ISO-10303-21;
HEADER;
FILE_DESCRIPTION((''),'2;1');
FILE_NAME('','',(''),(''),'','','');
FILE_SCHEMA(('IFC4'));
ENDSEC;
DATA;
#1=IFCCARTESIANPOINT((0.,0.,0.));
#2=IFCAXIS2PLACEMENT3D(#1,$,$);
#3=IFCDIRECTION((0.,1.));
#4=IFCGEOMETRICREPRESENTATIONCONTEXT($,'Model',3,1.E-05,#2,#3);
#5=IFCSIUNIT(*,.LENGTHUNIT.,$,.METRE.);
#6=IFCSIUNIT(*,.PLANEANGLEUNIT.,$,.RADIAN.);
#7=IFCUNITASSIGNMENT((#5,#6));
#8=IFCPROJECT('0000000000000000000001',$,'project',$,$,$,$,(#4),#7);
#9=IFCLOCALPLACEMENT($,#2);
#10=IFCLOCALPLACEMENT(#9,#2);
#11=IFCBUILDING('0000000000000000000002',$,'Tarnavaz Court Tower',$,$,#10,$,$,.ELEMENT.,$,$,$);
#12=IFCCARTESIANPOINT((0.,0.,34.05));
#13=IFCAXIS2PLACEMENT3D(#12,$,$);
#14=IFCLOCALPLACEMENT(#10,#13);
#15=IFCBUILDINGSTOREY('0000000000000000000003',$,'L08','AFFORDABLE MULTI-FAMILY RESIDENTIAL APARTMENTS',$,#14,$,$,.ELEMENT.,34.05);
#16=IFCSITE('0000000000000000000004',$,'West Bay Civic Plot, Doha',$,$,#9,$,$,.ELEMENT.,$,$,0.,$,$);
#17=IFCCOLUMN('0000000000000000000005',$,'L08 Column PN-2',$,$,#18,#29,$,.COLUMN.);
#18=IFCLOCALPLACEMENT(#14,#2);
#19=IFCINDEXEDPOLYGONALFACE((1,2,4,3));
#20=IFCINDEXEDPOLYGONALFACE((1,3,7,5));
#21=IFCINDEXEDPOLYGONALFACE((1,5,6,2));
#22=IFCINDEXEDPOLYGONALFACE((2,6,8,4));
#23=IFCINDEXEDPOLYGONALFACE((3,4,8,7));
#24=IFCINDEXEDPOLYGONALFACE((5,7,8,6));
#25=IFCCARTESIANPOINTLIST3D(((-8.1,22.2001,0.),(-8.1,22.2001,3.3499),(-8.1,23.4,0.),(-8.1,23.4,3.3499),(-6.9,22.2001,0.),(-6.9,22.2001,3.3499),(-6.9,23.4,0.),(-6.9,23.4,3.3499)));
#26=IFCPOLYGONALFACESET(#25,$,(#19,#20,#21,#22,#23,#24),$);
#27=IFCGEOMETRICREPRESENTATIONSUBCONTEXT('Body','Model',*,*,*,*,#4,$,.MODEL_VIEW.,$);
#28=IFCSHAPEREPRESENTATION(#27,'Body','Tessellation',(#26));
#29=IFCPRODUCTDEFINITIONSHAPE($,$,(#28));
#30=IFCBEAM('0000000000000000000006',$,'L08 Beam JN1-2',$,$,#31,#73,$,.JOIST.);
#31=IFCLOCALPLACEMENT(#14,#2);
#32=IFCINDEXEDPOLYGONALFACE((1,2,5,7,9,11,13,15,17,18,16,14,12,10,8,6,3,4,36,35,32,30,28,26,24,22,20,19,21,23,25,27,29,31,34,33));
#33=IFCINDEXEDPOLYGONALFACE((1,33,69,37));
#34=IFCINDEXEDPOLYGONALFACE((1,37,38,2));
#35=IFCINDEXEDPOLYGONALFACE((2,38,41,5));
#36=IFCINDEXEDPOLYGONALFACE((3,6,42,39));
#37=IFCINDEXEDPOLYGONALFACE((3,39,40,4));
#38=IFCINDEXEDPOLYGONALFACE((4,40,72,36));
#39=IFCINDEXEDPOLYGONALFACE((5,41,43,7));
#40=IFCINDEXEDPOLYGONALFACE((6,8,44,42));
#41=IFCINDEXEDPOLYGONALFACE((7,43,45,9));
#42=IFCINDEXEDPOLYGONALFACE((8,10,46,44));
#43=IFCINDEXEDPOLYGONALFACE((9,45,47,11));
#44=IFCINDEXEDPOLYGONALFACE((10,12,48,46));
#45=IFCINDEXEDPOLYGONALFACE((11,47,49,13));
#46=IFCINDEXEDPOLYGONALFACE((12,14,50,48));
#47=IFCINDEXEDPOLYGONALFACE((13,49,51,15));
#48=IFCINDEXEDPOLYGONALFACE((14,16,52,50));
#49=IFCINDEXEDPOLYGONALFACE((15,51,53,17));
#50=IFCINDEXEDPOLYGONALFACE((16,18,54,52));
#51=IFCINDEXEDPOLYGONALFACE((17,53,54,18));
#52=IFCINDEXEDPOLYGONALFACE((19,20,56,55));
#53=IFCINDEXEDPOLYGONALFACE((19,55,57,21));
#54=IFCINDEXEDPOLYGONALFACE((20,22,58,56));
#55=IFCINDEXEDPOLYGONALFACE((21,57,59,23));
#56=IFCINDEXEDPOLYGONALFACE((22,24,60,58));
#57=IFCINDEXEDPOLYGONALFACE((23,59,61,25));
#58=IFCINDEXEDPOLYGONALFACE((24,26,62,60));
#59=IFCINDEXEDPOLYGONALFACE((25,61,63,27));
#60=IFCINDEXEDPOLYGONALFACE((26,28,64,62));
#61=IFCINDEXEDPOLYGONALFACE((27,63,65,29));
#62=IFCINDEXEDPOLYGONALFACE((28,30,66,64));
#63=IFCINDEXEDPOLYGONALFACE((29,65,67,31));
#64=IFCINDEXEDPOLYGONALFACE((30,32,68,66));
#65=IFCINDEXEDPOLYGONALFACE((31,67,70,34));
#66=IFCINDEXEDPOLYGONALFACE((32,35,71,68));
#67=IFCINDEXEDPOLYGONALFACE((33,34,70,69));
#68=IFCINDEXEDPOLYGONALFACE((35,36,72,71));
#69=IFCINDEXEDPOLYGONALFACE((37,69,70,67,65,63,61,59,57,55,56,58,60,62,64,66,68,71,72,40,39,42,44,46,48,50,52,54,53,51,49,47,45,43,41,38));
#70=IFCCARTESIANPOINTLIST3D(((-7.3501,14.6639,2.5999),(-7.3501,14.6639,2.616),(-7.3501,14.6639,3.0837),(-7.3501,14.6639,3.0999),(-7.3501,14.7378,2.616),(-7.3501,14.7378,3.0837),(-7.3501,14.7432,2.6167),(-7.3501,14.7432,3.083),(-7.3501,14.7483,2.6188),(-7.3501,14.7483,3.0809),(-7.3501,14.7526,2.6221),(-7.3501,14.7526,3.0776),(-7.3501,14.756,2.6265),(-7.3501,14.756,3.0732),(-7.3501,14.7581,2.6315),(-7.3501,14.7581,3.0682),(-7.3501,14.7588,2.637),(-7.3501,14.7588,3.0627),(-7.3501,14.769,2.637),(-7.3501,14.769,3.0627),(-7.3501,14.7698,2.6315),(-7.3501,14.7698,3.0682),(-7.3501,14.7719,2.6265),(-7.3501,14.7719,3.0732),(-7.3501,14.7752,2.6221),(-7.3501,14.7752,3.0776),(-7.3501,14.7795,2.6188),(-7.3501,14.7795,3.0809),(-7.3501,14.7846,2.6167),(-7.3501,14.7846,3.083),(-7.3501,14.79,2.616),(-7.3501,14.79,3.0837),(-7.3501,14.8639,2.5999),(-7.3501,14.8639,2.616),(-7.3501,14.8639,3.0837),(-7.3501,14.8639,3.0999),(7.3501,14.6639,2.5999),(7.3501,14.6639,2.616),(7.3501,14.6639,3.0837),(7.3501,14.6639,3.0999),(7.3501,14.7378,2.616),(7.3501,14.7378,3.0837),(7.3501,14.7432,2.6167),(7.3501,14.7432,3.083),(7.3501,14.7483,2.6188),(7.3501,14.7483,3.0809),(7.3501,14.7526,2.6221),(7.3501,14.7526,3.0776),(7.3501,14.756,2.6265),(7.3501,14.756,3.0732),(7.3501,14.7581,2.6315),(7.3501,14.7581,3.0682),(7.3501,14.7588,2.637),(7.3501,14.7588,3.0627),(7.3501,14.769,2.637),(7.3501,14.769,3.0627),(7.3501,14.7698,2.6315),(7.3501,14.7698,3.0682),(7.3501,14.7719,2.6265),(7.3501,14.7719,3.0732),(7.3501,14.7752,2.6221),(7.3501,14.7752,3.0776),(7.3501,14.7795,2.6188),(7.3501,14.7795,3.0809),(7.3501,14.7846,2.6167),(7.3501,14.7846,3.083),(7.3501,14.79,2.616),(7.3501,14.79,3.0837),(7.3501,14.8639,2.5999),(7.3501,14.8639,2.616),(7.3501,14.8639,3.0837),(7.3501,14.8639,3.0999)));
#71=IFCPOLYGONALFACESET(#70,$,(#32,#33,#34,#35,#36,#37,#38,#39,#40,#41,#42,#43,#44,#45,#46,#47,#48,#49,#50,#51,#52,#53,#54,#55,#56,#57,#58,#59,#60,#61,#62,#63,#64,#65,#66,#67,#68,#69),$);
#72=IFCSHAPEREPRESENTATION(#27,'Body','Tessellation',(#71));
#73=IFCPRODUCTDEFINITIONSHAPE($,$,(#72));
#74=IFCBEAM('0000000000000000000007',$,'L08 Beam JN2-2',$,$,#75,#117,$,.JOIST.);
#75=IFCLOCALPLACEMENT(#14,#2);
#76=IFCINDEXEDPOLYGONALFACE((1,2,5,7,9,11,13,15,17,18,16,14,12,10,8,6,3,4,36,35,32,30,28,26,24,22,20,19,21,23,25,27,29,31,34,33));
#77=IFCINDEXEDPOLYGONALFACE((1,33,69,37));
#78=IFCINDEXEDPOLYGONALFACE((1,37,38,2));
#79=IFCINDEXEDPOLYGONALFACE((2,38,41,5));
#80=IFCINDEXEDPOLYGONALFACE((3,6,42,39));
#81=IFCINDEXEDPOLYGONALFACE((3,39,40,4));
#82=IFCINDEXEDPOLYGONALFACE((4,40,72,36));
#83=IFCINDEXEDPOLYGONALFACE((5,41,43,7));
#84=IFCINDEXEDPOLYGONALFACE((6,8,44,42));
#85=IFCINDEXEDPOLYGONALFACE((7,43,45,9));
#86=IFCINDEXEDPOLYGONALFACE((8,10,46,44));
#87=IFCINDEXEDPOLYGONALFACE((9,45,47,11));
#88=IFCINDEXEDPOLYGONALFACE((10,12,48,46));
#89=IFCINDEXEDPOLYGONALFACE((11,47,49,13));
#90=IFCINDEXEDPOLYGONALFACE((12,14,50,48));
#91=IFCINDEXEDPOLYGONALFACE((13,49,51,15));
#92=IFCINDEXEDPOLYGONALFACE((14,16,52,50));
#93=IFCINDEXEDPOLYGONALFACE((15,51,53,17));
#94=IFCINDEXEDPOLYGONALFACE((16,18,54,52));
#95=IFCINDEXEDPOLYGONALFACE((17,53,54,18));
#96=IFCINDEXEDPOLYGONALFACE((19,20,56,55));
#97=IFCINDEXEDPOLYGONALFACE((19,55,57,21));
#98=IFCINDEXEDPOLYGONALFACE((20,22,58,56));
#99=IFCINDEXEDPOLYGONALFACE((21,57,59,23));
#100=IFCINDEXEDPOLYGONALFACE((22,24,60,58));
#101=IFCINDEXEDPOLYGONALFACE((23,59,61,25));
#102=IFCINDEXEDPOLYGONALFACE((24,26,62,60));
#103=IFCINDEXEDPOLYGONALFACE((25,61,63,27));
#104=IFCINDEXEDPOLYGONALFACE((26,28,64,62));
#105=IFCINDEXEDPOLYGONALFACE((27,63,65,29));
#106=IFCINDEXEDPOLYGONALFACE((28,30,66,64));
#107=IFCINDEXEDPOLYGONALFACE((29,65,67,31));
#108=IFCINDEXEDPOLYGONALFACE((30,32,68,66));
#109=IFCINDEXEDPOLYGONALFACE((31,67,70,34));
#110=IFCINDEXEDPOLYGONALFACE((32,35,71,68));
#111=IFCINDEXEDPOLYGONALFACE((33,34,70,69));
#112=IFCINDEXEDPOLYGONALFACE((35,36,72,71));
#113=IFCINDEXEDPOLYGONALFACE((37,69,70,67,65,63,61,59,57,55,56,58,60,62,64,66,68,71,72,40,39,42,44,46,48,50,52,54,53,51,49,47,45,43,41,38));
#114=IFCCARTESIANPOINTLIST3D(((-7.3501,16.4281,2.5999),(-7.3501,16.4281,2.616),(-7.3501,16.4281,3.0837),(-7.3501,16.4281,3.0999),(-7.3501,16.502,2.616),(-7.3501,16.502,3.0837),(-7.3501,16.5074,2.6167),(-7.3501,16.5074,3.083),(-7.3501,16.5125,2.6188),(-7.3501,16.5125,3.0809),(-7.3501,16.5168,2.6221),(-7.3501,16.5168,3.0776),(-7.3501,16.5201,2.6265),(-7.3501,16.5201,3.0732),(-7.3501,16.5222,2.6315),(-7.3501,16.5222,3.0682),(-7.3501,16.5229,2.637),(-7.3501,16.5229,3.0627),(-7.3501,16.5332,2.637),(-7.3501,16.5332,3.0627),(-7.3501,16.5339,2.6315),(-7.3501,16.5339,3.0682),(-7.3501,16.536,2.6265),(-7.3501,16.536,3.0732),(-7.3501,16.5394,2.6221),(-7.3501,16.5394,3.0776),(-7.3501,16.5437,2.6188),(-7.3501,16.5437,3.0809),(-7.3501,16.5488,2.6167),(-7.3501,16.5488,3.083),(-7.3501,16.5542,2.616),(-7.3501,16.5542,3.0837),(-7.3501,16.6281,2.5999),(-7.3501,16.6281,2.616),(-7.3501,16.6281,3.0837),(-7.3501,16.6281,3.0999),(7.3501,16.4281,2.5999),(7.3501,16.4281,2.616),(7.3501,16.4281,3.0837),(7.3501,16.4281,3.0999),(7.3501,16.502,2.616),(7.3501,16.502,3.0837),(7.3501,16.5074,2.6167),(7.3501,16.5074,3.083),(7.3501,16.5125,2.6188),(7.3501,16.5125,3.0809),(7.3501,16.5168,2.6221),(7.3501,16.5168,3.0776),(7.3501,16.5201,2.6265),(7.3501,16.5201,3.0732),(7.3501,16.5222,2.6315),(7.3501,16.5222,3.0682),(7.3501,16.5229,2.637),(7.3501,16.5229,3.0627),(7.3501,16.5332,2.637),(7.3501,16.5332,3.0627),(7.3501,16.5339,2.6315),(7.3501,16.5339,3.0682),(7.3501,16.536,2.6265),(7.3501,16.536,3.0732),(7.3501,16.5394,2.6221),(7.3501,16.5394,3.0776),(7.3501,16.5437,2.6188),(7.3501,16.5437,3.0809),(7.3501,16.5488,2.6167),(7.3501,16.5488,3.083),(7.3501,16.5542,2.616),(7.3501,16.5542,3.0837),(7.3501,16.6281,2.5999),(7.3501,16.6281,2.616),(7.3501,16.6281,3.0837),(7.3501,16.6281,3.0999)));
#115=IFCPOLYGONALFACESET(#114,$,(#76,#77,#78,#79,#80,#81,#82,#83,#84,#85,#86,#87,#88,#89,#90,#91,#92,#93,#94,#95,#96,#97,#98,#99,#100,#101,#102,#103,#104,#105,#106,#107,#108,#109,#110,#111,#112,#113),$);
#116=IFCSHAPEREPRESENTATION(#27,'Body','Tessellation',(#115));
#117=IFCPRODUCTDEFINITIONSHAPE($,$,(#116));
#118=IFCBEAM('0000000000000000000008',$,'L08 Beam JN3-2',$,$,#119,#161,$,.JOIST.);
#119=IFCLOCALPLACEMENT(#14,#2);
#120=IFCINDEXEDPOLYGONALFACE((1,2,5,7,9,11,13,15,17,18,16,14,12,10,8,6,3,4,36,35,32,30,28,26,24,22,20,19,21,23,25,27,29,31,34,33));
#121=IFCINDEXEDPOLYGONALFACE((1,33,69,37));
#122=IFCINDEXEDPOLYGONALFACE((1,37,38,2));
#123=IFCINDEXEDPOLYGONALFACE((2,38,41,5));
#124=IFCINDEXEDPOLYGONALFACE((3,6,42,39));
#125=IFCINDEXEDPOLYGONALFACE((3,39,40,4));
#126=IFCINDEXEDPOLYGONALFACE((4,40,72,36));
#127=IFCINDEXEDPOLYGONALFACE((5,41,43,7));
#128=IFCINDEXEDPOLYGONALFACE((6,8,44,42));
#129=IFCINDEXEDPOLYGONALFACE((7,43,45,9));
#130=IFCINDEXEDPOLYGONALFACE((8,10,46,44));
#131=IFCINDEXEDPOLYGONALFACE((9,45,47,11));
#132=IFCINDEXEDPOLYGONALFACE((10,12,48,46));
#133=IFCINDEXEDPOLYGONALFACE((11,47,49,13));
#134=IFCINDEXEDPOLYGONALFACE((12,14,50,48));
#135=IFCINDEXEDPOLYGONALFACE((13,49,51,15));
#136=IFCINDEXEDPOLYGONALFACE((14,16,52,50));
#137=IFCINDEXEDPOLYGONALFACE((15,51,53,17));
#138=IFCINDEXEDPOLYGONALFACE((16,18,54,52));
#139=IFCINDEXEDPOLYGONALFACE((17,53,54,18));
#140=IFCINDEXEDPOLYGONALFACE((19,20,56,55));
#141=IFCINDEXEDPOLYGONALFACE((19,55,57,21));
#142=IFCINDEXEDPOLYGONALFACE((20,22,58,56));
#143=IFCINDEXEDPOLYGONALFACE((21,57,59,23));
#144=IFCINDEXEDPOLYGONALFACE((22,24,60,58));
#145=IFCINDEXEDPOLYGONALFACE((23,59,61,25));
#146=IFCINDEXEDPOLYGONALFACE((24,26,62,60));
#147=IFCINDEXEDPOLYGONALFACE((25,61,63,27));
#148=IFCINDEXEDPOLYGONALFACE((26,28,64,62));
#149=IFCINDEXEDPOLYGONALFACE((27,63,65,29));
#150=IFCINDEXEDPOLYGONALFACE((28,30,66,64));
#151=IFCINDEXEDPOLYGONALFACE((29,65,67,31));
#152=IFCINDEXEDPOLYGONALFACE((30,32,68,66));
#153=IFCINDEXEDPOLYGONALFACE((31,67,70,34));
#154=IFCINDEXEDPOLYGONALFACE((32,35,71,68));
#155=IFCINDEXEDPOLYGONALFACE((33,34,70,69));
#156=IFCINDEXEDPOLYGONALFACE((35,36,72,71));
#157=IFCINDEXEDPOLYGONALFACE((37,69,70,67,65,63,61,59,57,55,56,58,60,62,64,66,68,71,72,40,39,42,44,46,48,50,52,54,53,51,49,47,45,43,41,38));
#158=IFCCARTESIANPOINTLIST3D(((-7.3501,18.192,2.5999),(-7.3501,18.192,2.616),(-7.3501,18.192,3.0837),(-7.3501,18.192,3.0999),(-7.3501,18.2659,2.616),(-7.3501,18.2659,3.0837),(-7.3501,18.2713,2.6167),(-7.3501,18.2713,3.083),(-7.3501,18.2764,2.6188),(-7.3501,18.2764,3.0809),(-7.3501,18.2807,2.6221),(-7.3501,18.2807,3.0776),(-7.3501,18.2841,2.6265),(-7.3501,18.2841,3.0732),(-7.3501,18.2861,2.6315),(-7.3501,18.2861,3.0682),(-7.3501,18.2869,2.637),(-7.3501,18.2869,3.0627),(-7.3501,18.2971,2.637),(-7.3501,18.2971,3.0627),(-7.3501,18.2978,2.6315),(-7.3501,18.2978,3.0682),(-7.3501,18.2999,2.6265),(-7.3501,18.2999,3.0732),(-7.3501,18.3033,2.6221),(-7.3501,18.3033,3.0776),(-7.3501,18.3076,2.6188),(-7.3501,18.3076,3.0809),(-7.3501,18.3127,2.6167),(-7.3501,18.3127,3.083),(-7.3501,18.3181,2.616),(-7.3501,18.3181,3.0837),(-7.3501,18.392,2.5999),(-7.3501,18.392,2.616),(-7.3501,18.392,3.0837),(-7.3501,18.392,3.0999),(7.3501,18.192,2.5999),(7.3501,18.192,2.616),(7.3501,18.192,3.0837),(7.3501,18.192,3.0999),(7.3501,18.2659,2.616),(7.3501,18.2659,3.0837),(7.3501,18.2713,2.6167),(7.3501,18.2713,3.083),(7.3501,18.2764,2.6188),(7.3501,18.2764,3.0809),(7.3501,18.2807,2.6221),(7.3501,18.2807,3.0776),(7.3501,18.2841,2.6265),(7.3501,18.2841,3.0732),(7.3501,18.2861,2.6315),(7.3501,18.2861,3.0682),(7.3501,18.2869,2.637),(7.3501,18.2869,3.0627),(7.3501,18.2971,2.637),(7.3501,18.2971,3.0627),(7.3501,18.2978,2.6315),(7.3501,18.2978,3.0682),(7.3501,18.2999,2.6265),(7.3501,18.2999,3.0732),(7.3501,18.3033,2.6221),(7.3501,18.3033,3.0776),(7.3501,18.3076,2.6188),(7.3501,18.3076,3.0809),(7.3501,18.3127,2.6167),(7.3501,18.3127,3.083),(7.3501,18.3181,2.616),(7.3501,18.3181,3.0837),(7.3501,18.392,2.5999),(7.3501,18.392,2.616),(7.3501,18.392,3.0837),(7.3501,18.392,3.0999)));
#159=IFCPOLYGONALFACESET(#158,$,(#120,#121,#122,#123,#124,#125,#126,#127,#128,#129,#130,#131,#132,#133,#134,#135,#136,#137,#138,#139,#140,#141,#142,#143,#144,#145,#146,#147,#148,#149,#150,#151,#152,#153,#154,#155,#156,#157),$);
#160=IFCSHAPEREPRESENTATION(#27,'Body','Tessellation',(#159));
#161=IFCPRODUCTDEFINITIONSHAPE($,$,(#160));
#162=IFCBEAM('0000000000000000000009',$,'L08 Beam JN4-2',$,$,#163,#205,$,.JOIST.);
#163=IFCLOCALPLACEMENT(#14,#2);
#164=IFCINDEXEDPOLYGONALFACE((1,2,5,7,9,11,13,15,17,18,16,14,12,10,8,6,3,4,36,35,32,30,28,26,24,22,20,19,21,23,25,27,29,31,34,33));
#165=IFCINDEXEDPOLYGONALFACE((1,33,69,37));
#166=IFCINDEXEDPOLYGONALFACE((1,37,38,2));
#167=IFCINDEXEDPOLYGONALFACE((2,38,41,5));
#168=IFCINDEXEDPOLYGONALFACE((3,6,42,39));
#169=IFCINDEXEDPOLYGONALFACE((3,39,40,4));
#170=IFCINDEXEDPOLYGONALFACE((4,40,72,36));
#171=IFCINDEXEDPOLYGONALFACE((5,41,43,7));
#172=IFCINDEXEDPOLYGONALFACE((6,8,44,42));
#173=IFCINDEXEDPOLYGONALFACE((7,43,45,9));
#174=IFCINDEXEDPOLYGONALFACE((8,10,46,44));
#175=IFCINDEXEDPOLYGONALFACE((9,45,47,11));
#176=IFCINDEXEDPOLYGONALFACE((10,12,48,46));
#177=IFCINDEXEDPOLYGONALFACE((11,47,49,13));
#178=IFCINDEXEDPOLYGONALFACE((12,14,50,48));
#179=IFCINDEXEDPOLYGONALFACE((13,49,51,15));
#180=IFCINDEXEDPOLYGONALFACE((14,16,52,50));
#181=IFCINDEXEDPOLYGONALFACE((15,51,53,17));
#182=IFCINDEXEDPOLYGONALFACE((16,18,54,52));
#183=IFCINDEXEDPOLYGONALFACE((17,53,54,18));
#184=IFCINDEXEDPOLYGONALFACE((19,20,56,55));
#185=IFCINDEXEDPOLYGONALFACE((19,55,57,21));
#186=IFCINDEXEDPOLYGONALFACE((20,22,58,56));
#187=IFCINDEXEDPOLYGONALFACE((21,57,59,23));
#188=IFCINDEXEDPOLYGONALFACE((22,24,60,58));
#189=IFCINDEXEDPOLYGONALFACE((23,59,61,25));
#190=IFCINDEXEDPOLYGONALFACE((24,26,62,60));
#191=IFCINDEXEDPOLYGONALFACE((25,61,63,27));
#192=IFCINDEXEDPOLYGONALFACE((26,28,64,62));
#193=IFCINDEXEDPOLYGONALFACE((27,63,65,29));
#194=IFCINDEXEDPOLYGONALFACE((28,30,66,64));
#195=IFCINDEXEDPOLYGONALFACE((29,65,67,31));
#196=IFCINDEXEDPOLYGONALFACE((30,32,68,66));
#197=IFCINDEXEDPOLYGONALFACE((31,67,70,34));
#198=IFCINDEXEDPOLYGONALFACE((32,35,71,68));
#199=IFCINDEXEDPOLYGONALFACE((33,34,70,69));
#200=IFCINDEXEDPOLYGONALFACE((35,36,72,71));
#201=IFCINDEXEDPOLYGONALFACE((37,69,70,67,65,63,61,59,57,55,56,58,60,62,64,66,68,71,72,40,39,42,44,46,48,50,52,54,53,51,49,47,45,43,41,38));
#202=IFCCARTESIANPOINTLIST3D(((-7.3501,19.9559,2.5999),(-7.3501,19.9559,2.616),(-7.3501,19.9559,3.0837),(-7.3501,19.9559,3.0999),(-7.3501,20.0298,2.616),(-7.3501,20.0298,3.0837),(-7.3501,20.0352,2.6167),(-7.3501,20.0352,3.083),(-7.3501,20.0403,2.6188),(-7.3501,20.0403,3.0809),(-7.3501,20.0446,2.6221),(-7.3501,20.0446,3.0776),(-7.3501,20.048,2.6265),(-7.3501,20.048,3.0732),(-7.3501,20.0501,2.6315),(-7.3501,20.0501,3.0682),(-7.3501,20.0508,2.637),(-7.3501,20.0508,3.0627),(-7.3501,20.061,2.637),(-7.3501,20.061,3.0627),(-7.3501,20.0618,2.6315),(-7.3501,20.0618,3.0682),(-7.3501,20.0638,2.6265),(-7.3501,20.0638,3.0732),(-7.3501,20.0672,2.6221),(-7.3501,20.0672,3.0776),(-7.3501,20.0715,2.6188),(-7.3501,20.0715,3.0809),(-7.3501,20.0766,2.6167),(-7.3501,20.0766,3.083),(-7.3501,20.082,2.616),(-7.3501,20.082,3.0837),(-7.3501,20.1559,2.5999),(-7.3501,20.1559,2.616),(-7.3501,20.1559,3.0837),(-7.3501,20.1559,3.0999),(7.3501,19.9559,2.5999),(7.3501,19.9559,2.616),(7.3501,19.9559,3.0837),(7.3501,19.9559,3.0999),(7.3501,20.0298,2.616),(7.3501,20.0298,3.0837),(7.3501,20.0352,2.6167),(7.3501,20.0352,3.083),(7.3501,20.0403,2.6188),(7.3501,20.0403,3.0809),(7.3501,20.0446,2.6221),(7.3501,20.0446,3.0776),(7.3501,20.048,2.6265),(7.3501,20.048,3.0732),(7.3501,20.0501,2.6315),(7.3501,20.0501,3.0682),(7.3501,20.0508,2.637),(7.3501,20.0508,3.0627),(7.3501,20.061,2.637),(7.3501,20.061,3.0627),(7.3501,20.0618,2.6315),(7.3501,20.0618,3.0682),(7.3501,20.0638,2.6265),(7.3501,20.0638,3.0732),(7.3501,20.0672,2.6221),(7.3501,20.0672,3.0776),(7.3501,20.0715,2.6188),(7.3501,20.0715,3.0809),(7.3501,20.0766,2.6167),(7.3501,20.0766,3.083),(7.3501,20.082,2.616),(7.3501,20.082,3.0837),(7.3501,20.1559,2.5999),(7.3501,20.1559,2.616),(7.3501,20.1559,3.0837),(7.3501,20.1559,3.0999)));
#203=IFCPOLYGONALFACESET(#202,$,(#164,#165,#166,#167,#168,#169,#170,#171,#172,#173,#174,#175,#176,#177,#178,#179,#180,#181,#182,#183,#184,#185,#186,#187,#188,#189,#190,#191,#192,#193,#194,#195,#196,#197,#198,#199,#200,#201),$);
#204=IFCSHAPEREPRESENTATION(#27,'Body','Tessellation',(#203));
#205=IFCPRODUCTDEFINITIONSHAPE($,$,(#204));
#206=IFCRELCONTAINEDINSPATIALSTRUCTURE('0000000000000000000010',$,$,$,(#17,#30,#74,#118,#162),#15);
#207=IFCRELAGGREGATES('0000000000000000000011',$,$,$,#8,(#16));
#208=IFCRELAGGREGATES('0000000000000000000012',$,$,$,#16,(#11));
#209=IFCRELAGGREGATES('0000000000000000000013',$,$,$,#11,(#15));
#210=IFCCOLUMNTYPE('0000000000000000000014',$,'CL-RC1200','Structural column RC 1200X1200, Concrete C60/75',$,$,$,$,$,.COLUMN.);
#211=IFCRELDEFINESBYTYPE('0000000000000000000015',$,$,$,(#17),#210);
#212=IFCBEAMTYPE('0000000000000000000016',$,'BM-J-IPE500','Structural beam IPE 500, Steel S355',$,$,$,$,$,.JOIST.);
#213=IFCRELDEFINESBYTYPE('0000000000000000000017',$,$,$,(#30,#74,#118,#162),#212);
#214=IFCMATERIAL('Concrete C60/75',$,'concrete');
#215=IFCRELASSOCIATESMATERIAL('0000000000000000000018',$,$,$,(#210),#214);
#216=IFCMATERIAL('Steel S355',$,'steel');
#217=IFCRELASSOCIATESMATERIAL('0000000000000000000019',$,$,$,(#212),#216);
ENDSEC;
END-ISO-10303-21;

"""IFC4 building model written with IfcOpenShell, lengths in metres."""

from ifc_helpers import new_model, si_unit, direction, frame, origin, origin_2d, place, context, subcontext, project, spatial, rectangle, i_section, extrude, material, material_profile, profile_set, type_object, element, save


model = new_model("IFC4")

# Units and contexts
model_context = context("Model", 3, precision=1e-05, world=origin(), true_north=direction((0.0, 1.0)))
body_context = subcontext(model_context, "Body", "Model", "MODEL_VIEW")
ifc_project = project(units=[si_unit("LENGTHUNIT", "METRE"), si_unit("PLANEANGLEUNIT", "RADIAN")], contexts=[model_context])

# Site, building, storey
site_placement = place(None, origin())
site = spatial("IfcSite", under=ifc_project, at=site_placement, Name="West Bay Civic Plot, Doha", CompositionType="ELEMENT", RefElevation=0.0)
building_placement = place(site_placement, origin())
building = spatial("IfcBuilding", under=site, at=building_placement, Name="Tarnavaz Court Tower", CompositionType="ELEMENT")
storey_placement = place(building_placement, frame((0.0, 0.0, 34.05)))
storey = spatial("IfcBuildingStorey", under=building, at=storey_placement, Name="L08", Description="AFFORDABLE MULTI-FAMILY RESIDENTIAL APARTMENTS", CompositionType="ELEMENT", Elevation=34.05)

# Column
ifc_material_1 = material(Name="Concrete C60/75", Category="concrete")
ifc_material_profile_1 = material_profile(ifc_material_1, rectangle(XDim=1.2, YDim=1.2, at=origin_2d()), Name="RC 1200X1200")
ifc_profile_set_1 = profile_set([ifc_material_profile_1], Name="Concrete C60/75")
column_type = type_object("IfcColumnType", Name="CL-RC1200", Description="Structural column RC 1200X1200, Concrete C60/75", PredefinedType="COLUMN", material=ifc_profile_set_1)
column_placement = place(storey_placement, frame((-7.5, 22.8, 0.0), z_axis=(0.0, 0.0, 1.0), x_axis=(1.0, 0.0, 0.0)))
element("IfcColumn", 1, at=column_placement, inside=storey, type_object=column_type, Name="L08 Column PN-2", PredefinedType="COLUMN", context=body_context, shape_type="SweptSolid", body=[
    extrude(rectangle(XDim=1.2, YDim=1.2, at=origin_2d()), origin(), (0.0, 0.0, 1.0), 3.3499),
])

# Beams
ifc_material_2 = material(Name="Steel S355", Category="steel")
ifc_material_profile_2 = material_profile(ifc_material_2, i_section(OverallWidth=0.2, OverallDepth=0.5, WebThickness=0.0103, FlangeThickness=0.0161, FilletRadius=0.021, at=origin_2d()), Name="IPE 500")
ifc_profile_set_2 = profile_set([ifc_material_profile_2], Name="Steel S355")
beam_type_1 = type_object("IfcBeamType", Name="BM-J-IPE500", Description="Structural beam IPE 500, Steel S355", PredefinedType="JOIST", material=ifc_profile_set_2)
for number, where, z_axis, x_axis, name in (
    (2, (-7.3501, 14.7639, 2.8499), (1.0, 0.0, 0.0), (0.0, 1.0, 0.0), "L08 Beam JN1-2"),
    (3, (-7.3501, 16.5281, 2.8499), (1.0, 0.0, 0.0), (0.0, 1.0, 0.0), "L08 Beam JN2-2"),
    (4, (-7.3501, 18.292, 2.8499), (1.0, 0.0, 0.0), (0.0, 1.0, 0.0), "L08 Beam JN3-2"),
    (5, (-7.3501, 20.0559, 2.8499), (1.0, 0.0, 0.0), (0.0, 1.0, 0.0), "L08 Beam JN4-2"),
):
    element("IfcBeam", number, at=place(storey_placement, frame(where, z_axis=z_axis, x_axis=x_axis)), inside=storey, type_object=beam_type_1, Name=name, PredefinedType="JOIST", context=body_context, shape_type="SweptSolid", body=[
        extrude(i_section(OverallWidth=0.2, OverallDepth=0.5, WebThickness=0.0103, FlangeThickness=0.0161, FilletRadius=0.021, at=origin_2d()), origin(), (0.0, 0.0, 1.0), 14.7002),
    ])

save(model, "model.ifc")
